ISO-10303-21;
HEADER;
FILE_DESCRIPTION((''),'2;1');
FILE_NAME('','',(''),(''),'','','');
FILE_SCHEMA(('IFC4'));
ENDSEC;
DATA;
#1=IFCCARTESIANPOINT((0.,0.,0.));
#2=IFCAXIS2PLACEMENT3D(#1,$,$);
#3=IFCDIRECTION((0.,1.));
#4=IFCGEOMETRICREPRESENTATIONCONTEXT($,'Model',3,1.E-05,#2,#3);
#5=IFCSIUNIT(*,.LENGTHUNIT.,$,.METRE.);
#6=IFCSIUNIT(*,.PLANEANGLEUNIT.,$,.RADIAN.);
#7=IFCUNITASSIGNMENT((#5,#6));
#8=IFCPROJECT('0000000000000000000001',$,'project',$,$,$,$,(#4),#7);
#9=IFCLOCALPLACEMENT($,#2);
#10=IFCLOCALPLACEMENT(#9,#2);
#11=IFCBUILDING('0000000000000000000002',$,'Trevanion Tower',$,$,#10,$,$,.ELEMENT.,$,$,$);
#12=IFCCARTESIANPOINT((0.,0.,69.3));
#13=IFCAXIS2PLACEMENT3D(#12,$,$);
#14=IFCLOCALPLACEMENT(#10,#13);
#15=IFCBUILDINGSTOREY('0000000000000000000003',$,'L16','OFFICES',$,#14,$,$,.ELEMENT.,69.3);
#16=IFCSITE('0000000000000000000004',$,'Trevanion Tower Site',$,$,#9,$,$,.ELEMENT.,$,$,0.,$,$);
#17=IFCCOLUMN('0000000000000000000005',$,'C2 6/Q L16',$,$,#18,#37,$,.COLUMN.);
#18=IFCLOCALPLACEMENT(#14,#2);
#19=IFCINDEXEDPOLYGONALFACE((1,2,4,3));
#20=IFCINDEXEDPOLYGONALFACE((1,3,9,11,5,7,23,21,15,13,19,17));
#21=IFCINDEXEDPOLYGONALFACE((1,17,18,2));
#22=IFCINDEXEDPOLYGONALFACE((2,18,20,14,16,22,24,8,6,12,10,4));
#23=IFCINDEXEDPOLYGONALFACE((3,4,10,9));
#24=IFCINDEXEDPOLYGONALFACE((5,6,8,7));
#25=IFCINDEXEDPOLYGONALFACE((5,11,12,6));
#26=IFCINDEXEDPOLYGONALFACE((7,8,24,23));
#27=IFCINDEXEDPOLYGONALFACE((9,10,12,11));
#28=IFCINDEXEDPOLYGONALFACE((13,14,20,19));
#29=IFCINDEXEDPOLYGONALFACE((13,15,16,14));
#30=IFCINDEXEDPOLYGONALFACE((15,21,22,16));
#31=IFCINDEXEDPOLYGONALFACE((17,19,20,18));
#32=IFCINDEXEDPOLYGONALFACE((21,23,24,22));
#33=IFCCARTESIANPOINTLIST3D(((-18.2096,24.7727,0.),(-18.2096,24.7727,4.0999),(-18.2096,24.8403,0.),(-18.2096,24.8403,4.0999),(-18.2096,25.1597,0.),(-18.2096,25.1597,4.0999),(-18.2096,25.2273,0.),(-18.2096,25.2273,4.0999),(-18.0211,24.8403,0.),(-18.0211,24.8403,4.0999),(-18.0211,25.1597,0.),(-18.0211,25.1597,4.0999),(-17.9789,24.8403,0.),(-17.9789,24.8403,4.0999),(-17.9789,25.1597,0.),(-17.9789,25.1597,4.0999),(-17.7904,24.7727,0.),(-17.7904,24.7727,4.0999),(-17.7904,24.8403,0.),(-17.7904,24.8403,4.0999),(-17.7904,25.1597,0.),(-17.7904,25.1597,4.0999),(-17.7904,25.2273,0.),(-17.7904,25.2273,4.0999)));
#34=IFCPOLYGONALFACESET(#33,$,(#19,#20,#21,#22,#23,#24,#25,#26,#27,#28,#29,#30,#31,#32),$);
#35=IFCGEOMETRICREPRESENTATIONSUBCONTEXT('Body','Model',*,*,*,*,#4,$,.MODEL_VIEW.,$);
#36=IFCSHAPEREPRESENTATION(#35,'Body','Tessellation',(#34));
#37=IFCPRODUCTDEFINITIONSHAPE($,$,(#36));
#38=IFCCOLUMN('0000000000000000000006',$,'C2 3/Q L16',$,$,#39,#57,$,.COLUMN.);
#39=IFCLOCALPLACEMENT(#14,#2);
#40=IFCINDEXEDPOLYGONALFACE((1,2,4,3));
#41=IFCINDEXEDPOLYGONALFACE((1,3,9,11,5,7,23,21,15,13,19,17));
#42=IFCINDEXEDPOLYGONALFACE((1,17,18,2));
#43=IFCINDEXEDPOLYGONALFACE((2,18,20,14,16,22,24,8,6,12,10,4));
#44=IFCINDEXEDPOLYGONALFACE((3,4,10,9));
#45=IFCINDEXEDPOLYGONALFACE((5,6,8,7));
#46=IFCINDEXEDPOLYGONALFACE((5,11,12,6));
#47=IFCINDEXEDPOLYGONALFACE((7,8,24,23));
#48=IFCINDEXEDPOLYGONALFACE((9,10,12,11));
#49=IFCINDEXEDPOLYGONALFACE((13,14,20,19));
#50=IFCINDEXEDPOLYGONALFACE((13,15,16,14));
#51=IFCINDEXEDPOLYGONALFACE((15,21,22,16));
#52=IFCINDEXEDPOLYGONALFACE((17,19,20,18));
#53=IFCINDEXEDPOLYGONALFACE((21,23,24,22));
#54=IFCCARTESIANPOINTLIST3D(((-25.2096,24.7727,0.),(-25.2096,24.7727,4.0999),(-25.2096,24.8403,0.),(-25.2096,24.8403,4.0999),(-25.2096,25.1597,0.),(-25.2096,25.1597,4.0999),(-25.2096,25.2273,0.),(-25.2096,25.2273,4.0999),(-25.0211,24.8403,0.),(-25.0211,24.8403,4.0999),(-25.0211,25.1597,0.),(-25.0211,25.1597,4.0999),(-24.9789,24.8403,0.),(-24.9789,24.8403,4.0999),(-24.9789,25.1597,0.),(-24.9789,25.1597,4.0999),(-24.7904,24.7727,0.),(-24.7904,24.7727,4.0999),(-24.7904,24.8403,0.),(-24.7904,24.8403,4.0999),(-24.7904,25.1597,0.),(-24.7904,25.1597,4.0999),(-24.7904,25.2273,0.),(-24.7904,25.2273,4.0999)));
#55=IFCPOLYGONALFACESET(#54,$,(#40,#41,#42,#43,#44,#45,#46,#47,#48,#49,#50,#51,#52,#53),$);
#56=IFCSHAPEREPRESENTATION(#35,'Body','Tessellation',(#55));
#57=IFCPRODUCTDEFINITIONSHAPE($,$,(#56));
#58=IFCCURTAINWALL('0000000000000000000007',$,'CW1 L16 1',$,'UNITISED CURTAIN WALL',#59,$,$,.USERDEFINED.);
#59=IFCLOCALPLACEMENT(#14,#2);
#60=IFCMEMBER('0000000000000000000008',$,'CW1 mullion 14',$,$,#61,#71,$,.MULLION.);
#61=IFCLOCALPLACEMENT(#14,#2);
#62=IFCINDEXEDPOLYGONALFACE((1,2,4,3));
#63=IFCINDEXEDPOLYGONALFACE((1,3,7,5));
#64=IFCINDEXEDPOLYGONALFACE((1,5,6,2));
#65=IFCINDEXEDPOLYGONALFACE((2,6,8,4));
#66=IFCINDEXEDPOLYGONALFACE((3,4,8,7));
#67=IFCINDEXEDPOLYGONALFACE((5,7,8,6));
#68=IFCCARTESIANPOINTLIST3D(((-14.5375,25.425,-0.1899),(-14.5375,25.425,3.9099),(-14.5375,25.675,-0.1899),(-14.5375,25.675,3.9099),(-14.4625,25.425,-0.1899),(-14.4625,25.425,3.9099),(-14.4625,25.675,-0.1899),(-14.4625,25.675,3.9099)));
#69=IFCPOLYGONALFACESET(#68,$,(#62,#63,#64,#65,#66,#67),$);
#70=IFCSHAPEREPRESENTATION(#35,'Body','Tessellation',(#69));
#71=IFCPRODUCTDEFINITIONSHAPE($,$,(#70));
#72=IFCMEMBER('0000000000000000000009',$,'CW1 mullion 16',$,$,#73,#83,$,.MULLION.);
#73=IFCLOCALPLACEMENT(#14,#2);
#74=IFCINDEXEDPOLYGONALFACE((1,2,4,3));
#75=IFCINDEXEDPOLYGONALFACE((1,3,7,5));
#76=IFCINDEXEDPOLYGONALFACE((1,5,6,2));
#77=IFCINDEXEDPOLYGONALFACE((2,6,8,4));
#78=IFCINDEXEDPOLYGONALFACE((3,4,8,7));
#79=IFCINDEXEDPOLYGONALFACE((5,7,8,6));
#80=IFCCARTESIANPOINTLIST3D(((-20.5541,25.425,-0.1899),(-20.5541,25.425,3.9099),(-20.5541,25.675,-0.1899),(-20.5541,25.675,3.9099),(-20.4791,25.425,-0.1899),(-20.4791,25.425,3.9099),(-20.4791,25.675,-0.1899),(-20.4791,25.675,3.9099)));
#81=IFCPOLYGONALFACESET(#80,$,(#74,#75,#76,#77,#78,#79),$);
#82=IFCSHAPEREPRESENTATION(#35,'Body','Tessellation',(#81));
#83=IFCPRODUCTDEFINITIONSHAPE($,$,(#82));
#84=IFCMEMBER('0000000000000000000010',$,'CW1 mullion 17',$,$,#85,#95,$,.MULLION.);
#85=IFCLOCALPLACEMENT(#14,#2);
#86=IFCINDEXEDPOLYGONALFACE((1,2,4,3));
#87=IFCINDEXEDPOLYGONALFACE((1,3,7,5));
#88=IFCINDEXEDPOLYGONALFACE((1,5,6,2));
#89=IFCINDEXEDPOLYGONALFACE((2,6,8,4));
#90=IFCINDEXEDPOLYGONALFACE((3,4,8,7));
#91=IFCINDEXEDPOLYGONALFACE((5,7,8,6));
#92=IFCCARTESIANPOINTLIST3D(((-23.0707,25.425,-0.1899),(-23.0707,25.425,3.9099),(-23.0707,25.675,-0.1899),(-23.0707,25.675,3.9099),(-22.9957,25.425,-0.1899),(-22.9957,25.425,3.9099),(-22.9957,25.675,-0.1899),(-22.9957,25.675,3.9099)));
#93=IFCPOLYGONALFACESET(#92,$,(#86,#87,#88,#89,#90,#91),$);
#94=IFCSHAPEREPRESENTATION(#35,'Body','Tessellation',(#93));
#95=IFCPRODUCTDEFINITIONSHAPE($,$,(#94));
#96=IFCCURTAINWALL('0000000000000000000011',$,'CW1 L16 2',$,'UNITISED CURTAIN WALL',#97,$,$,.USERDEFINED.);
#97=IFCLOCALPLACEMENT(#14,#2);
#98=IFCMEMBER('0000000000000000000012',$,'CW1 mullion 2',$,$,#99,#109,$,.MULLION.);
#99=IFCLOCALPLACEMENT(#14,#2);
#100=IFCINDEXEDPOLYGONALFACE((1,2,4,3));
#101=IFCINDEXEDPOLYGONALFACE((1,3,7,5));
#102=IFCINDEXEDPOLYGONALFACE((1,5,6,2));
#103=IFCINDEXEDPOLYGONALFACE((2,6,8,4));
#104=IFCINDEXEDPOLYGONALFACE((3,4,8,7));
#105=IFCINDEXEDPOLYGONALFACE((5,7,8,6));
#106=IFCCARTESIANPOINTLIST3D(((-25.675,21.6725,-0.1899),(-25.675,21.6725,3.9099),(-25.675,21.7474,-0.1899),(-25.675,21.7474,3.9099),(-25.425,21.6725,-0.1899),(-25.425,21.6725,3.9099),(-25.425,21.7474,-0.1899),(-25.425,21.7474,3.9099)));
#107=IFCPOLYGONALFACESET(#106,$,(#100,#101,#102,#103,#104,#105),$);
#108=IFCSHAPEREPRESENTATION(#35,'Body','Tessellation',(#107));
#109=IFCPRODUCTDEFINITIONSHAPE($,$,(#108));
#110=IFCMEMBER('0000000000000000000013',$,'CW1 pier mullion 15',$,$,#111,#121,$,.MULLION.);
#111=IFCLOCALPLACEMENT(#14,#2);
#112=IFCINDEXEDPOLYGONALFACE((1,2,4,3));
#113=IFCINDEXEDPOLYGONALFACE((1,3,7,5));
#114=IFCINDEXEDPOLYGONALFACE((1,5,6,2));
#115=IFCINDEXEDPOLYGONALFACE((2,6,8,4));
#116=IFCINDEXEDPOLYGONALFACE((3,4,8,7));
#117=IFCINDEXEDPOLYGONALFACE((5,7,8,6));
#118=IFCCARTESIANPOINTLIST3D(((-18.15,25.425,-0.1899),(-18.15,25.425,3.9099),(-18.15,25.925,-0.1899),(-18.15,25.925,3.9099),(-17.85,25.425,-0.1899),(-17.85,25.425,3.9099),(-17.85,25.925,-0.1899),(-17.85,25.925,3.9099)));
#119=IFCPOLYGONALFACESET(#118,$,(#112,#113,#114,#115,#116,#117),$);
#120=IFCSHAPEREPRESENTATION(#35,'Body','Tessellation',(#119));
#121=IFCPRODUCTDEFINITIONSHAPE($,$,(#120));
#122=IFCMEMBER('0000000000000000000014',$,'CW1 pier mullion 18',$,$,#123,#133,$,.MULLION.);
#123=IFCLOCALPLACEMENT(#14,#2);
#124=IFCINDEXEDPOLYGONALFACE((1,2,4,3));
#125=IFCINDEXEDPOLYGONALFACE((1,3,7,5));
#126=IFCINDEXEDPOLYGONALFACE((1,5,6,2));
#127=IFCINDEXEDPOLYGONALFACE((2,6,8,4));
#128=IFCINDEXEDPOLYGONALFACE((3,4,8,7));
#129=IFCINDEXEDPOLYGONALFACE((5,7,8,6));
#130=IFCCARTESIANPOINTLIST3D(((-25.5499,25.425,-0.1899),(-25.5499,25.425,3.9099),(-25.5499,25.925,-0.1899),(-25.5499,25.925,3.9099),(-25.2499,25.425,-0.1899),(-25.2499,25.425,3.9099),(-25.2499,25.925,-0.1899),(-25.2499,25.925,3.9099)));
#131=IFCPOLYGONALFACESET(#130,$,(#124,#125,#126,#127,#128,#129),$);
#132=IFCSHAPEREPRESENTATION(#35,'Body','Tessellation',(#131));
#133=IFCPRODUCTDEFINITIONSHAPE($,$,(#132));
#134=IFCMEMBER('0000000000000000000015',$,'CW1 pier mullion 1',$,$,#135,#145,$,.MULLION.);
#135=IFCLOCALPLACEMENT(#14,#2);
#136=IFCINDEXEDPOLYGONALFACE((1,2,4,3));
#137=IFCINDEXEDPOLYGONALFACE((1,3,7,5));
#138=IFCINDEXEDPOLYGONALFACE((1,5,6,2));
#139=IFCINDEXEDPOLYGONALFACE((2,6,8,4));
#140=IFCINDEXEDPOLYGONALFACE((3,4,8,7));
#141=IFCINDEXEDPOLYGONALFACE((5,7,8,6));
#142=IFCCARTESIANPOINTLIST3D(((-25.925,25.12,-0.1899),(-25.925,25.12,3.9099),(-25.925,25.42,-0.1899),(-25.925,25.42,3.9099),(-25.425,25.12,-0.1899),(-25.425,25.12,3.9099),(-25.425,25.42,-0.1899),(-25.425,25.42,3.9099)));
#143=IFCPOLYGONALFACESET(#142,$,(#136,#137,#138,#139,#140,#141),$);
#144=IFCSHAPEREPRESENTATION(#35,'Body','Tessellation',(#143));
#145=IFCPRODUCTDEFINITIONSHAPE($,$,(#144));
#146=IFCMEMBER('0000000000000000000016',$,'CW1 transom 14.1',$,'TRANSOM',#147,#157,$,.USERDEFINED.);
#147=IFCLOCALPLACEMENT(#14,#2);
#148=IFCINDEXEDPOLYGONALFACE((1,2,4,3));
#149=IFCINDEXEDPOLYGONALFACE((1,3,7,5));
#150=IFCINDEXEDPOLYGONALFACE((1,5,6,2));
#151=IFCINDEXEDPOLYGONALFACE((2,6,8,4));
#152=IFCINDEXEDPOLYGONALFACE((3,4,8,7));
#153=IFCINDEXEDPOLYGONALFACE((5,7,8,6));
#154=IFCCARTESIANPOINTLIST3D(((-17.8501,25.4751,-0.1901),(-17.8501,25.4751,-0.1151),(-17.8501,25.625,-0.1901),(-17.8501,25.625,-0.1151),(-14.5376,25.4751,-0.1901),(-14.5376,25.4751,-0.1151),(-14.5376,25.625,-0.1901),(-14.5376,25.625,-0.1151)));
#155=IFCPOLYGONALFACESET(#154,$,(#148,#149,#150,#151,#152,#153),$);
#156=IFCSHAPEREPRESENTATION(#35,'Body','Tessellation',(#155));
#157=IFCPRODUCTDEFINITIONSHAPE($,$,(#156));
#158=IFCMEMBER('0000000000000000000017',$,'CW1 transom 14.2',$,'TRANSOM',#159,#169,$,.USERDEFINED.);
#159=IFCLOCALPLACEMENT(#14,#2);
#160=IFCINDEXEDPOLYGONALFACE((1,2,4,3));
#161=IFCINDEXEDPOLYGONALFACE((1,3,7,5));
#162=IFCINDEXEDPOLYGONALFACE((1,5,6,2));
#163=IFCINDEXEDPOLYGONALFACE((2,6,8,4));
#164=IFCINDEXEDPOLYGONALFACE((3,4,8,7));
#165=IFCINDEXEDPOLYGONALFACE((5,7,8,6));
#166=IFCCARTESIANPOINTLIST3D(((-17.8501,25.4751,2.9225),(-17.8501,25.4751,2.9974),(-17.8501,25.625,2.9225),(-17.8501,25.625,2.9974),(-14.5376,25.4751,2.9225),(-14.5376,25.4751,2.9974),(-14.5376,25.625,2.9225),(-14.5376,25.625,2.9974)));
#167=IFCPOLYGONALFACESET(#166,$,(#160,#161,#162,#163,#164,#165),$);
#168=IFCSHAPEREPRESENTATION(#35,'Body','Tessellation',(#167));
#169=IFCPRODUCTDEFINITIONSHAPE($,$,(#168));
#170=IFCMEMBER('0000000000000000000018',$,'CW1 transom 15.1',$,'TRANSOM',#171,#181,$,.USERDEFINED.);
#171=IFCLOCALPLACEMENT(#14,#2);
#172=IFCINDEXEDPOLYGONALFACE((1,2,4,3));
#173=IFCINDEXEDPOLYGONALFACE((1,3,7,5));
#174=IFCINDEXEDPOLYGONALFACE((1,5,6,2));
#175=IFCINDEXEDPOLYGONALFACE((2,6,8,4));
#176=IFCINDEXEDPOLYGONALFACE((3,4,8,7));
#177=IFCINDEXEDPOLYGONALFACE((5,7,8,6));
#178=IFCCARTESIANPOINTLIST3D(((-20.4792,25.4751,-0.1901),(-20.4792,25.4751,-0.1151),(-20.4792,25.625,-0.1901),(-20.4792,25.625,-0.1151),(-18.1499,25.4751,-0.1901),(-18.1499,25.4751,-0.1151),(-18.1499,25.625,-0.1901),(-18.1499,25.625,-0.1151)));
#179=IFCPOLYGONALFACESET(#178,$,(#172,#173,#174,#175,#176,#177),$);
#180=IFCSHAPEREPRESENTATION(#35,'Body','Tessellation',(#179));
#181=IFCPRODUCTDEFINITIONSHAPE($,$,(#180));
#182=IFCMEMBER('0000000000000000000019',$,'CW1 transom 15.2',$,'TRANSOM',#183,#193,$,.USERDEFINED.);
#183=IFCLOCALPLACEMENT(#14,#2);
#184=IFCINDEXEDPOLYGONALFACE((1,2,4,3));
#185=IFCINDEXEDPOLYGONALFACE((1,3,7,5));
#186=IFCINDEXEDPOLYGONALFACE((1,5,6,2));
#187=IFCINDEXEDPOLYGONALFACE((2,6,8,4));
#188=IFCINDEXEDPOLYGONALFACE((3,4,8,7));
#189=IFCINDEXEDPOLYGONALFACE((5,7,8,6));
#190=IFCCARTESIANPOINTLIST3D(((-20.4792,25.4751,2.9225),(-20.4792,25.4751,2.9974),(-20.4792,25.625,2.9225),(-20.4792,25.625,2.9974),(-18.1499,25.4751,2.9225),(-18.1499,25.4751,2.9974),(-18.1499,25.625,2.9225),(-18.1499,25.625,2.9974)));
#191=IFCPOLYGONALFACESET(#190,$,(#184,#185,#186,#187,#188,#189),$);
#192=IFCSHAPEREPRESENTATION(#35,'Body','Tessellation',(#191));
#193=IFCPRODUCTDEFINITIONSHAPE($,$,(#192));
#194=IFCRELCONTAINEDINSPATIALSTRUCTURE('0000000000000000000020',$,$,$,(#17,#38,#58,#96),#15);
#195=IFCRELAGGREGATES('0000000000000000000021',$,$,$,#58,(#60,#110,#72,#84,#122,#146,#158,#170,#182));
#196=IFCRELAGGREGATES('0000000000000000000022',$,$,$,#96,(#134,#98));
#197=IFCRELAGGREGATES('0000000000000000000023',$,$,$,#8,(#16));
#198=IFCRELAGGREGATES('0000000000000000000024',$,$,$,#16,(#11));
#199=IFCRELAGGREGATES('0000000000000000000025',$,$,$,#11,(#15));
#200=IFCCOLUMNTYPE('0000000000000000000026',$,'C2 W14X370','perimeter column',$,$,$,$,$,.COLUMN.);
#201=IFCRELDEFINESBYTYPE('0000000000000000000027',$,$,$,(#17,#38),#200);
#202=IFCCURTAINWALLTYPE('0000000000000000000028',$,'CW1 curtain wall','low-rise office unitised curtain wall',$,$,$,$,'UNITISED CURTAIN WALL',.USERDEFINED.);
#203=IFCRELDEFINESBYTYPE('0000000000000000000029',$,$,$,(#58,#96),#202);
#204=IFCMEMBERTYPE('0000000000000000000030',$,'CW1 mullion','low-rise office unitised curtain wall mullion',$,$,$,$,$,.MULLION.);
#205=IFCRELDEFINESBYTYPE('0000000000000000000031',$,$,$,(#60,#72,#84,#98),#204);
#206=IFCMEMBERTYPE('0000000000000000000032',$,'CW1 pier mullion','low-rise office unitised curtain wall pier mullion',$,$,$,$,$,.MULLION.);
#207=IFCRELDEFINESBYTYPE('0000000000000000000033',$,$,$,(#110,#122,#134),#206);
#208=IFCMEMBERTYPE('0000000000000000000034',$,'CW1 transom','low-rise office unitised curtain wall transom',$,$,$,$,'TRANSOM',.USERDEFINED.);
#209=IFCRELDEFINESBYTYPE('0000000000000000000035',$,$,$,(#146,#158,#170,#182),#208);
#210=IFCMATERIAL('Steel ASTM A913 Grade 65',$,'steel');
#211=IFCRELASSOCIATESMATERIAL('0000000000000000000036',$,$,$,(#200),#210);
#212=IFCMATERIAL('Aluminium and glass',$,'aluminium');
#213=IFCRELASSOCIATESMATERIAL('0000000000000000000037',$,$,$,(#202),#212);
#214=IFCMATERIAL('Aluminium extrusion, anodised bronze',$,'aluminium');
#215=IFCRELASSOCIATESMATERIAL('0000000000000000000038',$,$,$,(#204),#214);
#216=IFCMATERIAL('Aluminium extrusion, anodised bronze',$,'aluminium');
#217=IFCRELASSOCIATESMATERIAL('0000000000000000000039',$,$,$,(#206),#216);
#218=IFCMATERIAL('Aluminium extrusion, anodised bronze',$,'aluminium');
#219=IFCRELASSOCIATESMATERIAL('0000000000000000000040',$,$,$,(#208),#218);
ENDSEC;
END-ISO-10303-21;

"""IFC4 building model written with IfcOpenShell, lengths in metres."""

from ifc_helpers import new_model, si_unit, direction, frame, origin, origin_2d, place, context, subcontext, project, spatial, rectangle, i_section, extrude, material, material_profile, profile_set, type_object, element, aggregate, save


model = new_model("IFC4")

# Units and contexts
model_context = context("Model", 3, precision=1e-05, world=origin(), true_north=direction((0.0, 1.0)))
body_context = subcontext(model_context, "Body", "Model", "MODEL_VIEW")
ifc_project = project(units=[si_unit("LENGTHUNIT", "METRE"), si_unit("PLANEANGLEUNIT", "RADIAN")], contexts=[model_context])

# Site, building, storey
site_placement = place(None, origin())
site = spatial("IfcSite", under=ifc_project, at=site_placement, Name="Trevanion Tower Site", CompositionType="ELEMENT", RefElevation=0.0)
building_placement = place(site_placement, origin())
building = spatial("IfcBuilding", under=site, at=building_placement, Name="Trevanion Tower", CompositionType="ELEMENT")
storey_placement = place(building_placement, frame((0.0, 0.0, 69.3)))
storey = spatial("IfcBuildingStorey", under=building, at=storey_placement, Name="L16", Description="OFFICES", CompositionType="ELEMENT", Elevation=69.3)

# Columns
ifc_material_1 = material(Name="Steel ASTM A913 Grade 65", Category="steel")
ifc_material_profile_1 = material_profile(ifc_material_1, i_section(OverallWidth=0.4192, OverallDepth=0.4546, WebThickness=0.0422, FlangeThickness=0.0676, at=origin_2d()), Name="W14X370")
ifc_profile_set_1 = profile_set([ifc_material_profile_1], Name="Steel ASTM A913 Grade 65")
column_type = type_object("IfcColumnType", Name="C2 W14X370", Description="perimeter column", PredefinedType="COLUMN", material=ifc_profile_set_1)
for number, where, z_axis, x_axis, name in (
    (1, (-18.0, 25.0, 0.0), (0.0, 0.0, 1.0), (1.0, 0.0, 0.0), "C2 6/Q L16"),
    (2, (-25.0, 25.0, 0.0), (0.0, 0.0, 1.0), (1.0, 0.0, 0.0), "C2 3/Q L16"),
):
    element("IfcColumn", number, at=place(storey_placement, frame(where, z_axis=z_axis, x_axis=x_axis)), inside=storey, type_object=column_type, Name=name, PredefinedType="COLUMN", context=body_context, shape_type="SweptSolid", body=[
        extrude(i_section(OverallWidth=0.4192, OverallDepth=0.4546, WebThickness=0.0422, FlangeThickness=0.0676, at=origin_2d()), origin(), (0.0, 0.0, 1.0), 4.0999),
    ])

# Curtain wall, members
ifc_material_2 = material(Name="Aluminium and glass", Category="aluminium")
curtain_wall_type = type_object("IfcCurtainWallType", Name="CW1 curtain wall", Description="low-rise office unitised curtain wall", ElementType="UNITISED CURTAIN WALL", PredefinedType="USERDEFINED", material=ifc_material_2)
curtain_wall_1_placement = place(storey_placement, origin())
curtain_wall_1 = element("IfcCurtainWall", 3, at=curtain_wall_1_placement, inside=storey, type_object=curtain_wall_type, Name="CW1 L16 1", ObjectType="UNITISED CURTAIN WALL", PredefinedType="USERDEFINED")
ifc_material_3 = material(Name="Aluminium extrusion, anodised bronze", Category="aluminium")
ifc_material_profile_2 = material_profile(ifc_material_3, rectangle(XDim=0.075, YDim=0.25, at=origin_2d()), Name="CW1 mullion")
ifc_profile_set_2 = profile_set([ifc_material_profile_2], Name="Aluminium extrusion, anodised bronze")
member_type_1 = type_object("IfcMemberType", Name="CW1 mullion", Description="low-rise office unitised curtain wall mullion", PredefinedType="MULLION", material=ifc_profile_set_2)
member_1_placement = place(storey_placement, frame((-14.5, 25.55, -0.1899), z_axis=(0.0, 0.0, 1.0), x_axis=(-1.0, 0.0, 0.0)))
member_1 = element("IfcMember", 4, at=member_1_placement, type_object=member_type_1, Name="CW1 mullion 14", PredefinedType="MULLION", context=body_context, shape_type="SweptSolid", body=[
    extrude(rectangle(XDim=0.075, YDim=0.25, at=origin_2d()), origin(), (0.0, 0.0, 1.0), 4.0999),
])
member_2_placement = place(storey_placement, frame((-20.5166, 25.55, -0.1899), z_axis=(0.0, 0.0, 1.0), x_axis=(-1.0, 0.0, 0.0)))
member_2 = element("IfcMember", 5, at=member_2_placement, type_object=member_type_1, Name="CW1 mullion 16", PredefinedType="MULLION", context=body_context, shape_type="SweptSolid", body=[
    extrude(rectangle(XDim=0.075, YDim=0.25, at=origin_2d()), origin(), (0.0, 0.0, 1.0), 4.0999),
])
member_3_placement = place(storey_placement, frame((-23.0332, 25.55, -0.1899), z_axis=(0.0, 0.0, 1.0), x_axis=(-1.0, 0.0, 0.0)))
member_3 = element("IfcMember", 6, at=member_3_placement, type_object=member_type_1, Name="CW1 mullion 17", PredefinedType="MULLION", context=body_context, shape_type="SweptSolid", body=[
    extrude(rectangle(XDim=0.075, YDim=0.25, at=origin_2d()), origin(), (0.0, 0.0, 1.0), 4.0999),
])

# Curtain wall, member
curtain_wall_2_placement = place(storey_placement, origin())
curtain_wall_2 = element("IfcCurtainWall", 7, at=curtain_wall_2_placement, inside=storey, type_object=curtain_wall_type, Name="CW1 L16 2", ObjectType="UNITISED CURTAIN WALL", PredefinedType="USERDEFINED")
member_4_placement = place(storey_placement, frame((-25.55, 21.71, -0.1899), z_axis=(0.0, 0.0, 1.0), x_axis=(0.0, -1.0, 0.0)))
member_4 = element("IfcMember", 8, at=member_4_placement, type_object=member_type_1, Name="CW1 mullion 2", PredefinedType="MULLION", context=body_context, shape_type="SweptSolid", body=[
    extrude(rectangle(XDim=0.075, YDim=0.25, at=origin_2d()), origin(), (0.0, 0.0, 1.0), 4.0999),
])

# Members
ifc_material_4 = material(Name="Aluminium extrusion, anodised bronze", Category="aluminium")
ifc_material_profile_3 = material_profile(ifc_material_4, rectangle(XDim=0.3, YDim=0.5, at=origin_2d()), Name="CW1 pier mullion")
ifc_profile_set_3 = profile_set([ifc_material_profile_3], Name="Aluminium extrusion, anodised bronze")
member_type_2 = type_object("IfcMemberType", Name="CW1 pier mullion", Description="low-rise office unitised curtain wall pier mullion", PredefinedType="MULLION", material=ifc_profile_set_3)
member_5_placement = place(storey_placement, frame((-18.0, 25.675, -0.1899), z_axis=(0.0, 0.0, 1.0), x_axis=(-1.0, 0.0, 0.0)))
member_5 = element("IfcMember", 9, at=member_5_placement, type_object=member_type_2, Name="CW1 pier mullion 15", PredefinedType="MULLION", context=body_context, shape_type="SweptSolid", body=[
    extrude(rectangle(XDim=0.3, YDim=0.5, at=origin_2d()), origin(), (0.0, 0.0, 1.0), 4.0999),
])
member_6_placement = place(storey_placement, frame((-25.3999, 25.675, -0.1899), z_axis=(0.0, 0.0, 1.0), x_axis=(-1.0, 0.0, 0.0)))
member_6 = element("IfcMember", 10, at=member_6_placement, type_object=member_type_2, Name="CW1 pier mullion 18", PredefinedType="MULLION", context=body_context, shape_type="SweptSolid", body=[
    extrude(rectangle(XDim=0.3, YDim=0.5, at=origin_2d()), origin(), (0.0, 0.0, 1.0), 4.0999),
])
member_7_placement = place(storey_placement, frame((-25.675, 25.27, -0.1899), z_axis=(0.0, 0.0, 1.0), x_axis=(0.0, -1.0, 0.0)))
member_7 = element("IfcMember", 11, at=member_7_placement, type_object=member_type_2, Name="CW1 pier mullion 1", PredefinedType="MULLION", context=body_context, shape_type="SweptSolid", body=[
    extrude(rectangle(XDim=0.3, YDim=0.5, at=origin_2d()), origin(), (0.0, 0.0, 1.0), 4.0999),
])
ifc_material_5 = material(Name="Aluminium extrusion, anodised bronze", Category="aluminium")
ifc_material_profile_4 = material_profile(ifc_material_5, rectangle(XDim=0.1499, YDim=0.075, at=origin_2d()), Name="CW1 transom")
ifc_profile_set_4 = profile_set([ifc_material_profile_4], Name="Aluminium extrusion, anodised bronze")
member_type_3 = type_object("IfcMemberType", Name="CW1 transom", Description="low-rise office unitised curtain wall transom", ElementType="TRANSOM", PredefinedType="USERDEFINED", material=ifc_profile_set_4)
member_8_placement = place(storey_placement, frame((-14.5376, 25.55, -0.1526), z_axis=(-1.0, 0.0, 0.0), x_axis=(0.0, -1.0, 0.0)))
member_8 = element("IfcMember", 12, at=member_8_placement, type_object=member_type_3, Name="CW1 transom 14.1", ObjectType="TRANSOM", PredefinedType="USERDEFINED", context=body_context, shape_type="SweptSolid", body=[
    extrude(rectangle(XDim=0.1499, YDim=0.075, at=origin_2d()), origin(), (0.0, 0.0, 1.0), 3.3125),
])
member_9_placement = place(storey_placement, frame((-14.5376, 25.55, 2.96), z_axis=(-1.0, 0.0, 0.0), x_axis=(0.0, -1.0, 0.0)))
member_9 = element("IfcMember", 13, at=member_9_placement, type_object=member_type_3, Name="CW1 transom 14.2", ObjectType="TRANSOM", PredefinedType="USERDEFINED", context=body_context, shape_type="SweptSolid", body=[
    extrude(rectangle(XDim=0.1499, YDim=0.075, at=origin_2d()), origin(), (0.0, 0.0, 1.0), 3.3125),
])
member_10_placement = place(storey_placement, frame((-18.1499, 25.55, -0.1526), z_axis=(-1.0, 0.0, 0.0), x_axis=(0.0, -1.0, 0.0)))
member_10 = element("IfcMember", 14, at=member_10_placement, type_object=member_type_3, Name="CW1 transom 15.1", ObjectType="TRANSOM", PredefinedType="USERDEFINED", context=body_context, shape_type="SweptSolid", body=[
    extrude(rectangle(XDim=0.1499, YDim=0.075, at=origin_2d()), origin(), (0.0, 0.0, 1.0), 2.3293),
])
member_11_placement = place(storey_placement, frame((-18.1499, 25.55, 2.96), z_axis=(-1.0, 0.0, 0.0), x_axis=(0.0, -1.0, 0.0)))
member_11 = element("IfcMember", 15, at=member_11_placement, type_object=member_type_3, Name="CW1 transom 15.2", ObjectType="TRANSOM", PredefinedType="USERDEFINED", context=body_context, shape_type="SweptSolid", body=[
    extrude(rectangle(XDim=0.1499, YDim=0.075, at=origin_2d()), origin(), (0.0, 0.0, 1.0), 2.3293),
])

aggregate(curtain_wall_1, [member_1, member_5, member_2, member_3, member_6, member_8, member_9, member_10, member_11])
aggregate(curtain_wall_2, [member_7, member_4])

save(model, "model.ifc")
